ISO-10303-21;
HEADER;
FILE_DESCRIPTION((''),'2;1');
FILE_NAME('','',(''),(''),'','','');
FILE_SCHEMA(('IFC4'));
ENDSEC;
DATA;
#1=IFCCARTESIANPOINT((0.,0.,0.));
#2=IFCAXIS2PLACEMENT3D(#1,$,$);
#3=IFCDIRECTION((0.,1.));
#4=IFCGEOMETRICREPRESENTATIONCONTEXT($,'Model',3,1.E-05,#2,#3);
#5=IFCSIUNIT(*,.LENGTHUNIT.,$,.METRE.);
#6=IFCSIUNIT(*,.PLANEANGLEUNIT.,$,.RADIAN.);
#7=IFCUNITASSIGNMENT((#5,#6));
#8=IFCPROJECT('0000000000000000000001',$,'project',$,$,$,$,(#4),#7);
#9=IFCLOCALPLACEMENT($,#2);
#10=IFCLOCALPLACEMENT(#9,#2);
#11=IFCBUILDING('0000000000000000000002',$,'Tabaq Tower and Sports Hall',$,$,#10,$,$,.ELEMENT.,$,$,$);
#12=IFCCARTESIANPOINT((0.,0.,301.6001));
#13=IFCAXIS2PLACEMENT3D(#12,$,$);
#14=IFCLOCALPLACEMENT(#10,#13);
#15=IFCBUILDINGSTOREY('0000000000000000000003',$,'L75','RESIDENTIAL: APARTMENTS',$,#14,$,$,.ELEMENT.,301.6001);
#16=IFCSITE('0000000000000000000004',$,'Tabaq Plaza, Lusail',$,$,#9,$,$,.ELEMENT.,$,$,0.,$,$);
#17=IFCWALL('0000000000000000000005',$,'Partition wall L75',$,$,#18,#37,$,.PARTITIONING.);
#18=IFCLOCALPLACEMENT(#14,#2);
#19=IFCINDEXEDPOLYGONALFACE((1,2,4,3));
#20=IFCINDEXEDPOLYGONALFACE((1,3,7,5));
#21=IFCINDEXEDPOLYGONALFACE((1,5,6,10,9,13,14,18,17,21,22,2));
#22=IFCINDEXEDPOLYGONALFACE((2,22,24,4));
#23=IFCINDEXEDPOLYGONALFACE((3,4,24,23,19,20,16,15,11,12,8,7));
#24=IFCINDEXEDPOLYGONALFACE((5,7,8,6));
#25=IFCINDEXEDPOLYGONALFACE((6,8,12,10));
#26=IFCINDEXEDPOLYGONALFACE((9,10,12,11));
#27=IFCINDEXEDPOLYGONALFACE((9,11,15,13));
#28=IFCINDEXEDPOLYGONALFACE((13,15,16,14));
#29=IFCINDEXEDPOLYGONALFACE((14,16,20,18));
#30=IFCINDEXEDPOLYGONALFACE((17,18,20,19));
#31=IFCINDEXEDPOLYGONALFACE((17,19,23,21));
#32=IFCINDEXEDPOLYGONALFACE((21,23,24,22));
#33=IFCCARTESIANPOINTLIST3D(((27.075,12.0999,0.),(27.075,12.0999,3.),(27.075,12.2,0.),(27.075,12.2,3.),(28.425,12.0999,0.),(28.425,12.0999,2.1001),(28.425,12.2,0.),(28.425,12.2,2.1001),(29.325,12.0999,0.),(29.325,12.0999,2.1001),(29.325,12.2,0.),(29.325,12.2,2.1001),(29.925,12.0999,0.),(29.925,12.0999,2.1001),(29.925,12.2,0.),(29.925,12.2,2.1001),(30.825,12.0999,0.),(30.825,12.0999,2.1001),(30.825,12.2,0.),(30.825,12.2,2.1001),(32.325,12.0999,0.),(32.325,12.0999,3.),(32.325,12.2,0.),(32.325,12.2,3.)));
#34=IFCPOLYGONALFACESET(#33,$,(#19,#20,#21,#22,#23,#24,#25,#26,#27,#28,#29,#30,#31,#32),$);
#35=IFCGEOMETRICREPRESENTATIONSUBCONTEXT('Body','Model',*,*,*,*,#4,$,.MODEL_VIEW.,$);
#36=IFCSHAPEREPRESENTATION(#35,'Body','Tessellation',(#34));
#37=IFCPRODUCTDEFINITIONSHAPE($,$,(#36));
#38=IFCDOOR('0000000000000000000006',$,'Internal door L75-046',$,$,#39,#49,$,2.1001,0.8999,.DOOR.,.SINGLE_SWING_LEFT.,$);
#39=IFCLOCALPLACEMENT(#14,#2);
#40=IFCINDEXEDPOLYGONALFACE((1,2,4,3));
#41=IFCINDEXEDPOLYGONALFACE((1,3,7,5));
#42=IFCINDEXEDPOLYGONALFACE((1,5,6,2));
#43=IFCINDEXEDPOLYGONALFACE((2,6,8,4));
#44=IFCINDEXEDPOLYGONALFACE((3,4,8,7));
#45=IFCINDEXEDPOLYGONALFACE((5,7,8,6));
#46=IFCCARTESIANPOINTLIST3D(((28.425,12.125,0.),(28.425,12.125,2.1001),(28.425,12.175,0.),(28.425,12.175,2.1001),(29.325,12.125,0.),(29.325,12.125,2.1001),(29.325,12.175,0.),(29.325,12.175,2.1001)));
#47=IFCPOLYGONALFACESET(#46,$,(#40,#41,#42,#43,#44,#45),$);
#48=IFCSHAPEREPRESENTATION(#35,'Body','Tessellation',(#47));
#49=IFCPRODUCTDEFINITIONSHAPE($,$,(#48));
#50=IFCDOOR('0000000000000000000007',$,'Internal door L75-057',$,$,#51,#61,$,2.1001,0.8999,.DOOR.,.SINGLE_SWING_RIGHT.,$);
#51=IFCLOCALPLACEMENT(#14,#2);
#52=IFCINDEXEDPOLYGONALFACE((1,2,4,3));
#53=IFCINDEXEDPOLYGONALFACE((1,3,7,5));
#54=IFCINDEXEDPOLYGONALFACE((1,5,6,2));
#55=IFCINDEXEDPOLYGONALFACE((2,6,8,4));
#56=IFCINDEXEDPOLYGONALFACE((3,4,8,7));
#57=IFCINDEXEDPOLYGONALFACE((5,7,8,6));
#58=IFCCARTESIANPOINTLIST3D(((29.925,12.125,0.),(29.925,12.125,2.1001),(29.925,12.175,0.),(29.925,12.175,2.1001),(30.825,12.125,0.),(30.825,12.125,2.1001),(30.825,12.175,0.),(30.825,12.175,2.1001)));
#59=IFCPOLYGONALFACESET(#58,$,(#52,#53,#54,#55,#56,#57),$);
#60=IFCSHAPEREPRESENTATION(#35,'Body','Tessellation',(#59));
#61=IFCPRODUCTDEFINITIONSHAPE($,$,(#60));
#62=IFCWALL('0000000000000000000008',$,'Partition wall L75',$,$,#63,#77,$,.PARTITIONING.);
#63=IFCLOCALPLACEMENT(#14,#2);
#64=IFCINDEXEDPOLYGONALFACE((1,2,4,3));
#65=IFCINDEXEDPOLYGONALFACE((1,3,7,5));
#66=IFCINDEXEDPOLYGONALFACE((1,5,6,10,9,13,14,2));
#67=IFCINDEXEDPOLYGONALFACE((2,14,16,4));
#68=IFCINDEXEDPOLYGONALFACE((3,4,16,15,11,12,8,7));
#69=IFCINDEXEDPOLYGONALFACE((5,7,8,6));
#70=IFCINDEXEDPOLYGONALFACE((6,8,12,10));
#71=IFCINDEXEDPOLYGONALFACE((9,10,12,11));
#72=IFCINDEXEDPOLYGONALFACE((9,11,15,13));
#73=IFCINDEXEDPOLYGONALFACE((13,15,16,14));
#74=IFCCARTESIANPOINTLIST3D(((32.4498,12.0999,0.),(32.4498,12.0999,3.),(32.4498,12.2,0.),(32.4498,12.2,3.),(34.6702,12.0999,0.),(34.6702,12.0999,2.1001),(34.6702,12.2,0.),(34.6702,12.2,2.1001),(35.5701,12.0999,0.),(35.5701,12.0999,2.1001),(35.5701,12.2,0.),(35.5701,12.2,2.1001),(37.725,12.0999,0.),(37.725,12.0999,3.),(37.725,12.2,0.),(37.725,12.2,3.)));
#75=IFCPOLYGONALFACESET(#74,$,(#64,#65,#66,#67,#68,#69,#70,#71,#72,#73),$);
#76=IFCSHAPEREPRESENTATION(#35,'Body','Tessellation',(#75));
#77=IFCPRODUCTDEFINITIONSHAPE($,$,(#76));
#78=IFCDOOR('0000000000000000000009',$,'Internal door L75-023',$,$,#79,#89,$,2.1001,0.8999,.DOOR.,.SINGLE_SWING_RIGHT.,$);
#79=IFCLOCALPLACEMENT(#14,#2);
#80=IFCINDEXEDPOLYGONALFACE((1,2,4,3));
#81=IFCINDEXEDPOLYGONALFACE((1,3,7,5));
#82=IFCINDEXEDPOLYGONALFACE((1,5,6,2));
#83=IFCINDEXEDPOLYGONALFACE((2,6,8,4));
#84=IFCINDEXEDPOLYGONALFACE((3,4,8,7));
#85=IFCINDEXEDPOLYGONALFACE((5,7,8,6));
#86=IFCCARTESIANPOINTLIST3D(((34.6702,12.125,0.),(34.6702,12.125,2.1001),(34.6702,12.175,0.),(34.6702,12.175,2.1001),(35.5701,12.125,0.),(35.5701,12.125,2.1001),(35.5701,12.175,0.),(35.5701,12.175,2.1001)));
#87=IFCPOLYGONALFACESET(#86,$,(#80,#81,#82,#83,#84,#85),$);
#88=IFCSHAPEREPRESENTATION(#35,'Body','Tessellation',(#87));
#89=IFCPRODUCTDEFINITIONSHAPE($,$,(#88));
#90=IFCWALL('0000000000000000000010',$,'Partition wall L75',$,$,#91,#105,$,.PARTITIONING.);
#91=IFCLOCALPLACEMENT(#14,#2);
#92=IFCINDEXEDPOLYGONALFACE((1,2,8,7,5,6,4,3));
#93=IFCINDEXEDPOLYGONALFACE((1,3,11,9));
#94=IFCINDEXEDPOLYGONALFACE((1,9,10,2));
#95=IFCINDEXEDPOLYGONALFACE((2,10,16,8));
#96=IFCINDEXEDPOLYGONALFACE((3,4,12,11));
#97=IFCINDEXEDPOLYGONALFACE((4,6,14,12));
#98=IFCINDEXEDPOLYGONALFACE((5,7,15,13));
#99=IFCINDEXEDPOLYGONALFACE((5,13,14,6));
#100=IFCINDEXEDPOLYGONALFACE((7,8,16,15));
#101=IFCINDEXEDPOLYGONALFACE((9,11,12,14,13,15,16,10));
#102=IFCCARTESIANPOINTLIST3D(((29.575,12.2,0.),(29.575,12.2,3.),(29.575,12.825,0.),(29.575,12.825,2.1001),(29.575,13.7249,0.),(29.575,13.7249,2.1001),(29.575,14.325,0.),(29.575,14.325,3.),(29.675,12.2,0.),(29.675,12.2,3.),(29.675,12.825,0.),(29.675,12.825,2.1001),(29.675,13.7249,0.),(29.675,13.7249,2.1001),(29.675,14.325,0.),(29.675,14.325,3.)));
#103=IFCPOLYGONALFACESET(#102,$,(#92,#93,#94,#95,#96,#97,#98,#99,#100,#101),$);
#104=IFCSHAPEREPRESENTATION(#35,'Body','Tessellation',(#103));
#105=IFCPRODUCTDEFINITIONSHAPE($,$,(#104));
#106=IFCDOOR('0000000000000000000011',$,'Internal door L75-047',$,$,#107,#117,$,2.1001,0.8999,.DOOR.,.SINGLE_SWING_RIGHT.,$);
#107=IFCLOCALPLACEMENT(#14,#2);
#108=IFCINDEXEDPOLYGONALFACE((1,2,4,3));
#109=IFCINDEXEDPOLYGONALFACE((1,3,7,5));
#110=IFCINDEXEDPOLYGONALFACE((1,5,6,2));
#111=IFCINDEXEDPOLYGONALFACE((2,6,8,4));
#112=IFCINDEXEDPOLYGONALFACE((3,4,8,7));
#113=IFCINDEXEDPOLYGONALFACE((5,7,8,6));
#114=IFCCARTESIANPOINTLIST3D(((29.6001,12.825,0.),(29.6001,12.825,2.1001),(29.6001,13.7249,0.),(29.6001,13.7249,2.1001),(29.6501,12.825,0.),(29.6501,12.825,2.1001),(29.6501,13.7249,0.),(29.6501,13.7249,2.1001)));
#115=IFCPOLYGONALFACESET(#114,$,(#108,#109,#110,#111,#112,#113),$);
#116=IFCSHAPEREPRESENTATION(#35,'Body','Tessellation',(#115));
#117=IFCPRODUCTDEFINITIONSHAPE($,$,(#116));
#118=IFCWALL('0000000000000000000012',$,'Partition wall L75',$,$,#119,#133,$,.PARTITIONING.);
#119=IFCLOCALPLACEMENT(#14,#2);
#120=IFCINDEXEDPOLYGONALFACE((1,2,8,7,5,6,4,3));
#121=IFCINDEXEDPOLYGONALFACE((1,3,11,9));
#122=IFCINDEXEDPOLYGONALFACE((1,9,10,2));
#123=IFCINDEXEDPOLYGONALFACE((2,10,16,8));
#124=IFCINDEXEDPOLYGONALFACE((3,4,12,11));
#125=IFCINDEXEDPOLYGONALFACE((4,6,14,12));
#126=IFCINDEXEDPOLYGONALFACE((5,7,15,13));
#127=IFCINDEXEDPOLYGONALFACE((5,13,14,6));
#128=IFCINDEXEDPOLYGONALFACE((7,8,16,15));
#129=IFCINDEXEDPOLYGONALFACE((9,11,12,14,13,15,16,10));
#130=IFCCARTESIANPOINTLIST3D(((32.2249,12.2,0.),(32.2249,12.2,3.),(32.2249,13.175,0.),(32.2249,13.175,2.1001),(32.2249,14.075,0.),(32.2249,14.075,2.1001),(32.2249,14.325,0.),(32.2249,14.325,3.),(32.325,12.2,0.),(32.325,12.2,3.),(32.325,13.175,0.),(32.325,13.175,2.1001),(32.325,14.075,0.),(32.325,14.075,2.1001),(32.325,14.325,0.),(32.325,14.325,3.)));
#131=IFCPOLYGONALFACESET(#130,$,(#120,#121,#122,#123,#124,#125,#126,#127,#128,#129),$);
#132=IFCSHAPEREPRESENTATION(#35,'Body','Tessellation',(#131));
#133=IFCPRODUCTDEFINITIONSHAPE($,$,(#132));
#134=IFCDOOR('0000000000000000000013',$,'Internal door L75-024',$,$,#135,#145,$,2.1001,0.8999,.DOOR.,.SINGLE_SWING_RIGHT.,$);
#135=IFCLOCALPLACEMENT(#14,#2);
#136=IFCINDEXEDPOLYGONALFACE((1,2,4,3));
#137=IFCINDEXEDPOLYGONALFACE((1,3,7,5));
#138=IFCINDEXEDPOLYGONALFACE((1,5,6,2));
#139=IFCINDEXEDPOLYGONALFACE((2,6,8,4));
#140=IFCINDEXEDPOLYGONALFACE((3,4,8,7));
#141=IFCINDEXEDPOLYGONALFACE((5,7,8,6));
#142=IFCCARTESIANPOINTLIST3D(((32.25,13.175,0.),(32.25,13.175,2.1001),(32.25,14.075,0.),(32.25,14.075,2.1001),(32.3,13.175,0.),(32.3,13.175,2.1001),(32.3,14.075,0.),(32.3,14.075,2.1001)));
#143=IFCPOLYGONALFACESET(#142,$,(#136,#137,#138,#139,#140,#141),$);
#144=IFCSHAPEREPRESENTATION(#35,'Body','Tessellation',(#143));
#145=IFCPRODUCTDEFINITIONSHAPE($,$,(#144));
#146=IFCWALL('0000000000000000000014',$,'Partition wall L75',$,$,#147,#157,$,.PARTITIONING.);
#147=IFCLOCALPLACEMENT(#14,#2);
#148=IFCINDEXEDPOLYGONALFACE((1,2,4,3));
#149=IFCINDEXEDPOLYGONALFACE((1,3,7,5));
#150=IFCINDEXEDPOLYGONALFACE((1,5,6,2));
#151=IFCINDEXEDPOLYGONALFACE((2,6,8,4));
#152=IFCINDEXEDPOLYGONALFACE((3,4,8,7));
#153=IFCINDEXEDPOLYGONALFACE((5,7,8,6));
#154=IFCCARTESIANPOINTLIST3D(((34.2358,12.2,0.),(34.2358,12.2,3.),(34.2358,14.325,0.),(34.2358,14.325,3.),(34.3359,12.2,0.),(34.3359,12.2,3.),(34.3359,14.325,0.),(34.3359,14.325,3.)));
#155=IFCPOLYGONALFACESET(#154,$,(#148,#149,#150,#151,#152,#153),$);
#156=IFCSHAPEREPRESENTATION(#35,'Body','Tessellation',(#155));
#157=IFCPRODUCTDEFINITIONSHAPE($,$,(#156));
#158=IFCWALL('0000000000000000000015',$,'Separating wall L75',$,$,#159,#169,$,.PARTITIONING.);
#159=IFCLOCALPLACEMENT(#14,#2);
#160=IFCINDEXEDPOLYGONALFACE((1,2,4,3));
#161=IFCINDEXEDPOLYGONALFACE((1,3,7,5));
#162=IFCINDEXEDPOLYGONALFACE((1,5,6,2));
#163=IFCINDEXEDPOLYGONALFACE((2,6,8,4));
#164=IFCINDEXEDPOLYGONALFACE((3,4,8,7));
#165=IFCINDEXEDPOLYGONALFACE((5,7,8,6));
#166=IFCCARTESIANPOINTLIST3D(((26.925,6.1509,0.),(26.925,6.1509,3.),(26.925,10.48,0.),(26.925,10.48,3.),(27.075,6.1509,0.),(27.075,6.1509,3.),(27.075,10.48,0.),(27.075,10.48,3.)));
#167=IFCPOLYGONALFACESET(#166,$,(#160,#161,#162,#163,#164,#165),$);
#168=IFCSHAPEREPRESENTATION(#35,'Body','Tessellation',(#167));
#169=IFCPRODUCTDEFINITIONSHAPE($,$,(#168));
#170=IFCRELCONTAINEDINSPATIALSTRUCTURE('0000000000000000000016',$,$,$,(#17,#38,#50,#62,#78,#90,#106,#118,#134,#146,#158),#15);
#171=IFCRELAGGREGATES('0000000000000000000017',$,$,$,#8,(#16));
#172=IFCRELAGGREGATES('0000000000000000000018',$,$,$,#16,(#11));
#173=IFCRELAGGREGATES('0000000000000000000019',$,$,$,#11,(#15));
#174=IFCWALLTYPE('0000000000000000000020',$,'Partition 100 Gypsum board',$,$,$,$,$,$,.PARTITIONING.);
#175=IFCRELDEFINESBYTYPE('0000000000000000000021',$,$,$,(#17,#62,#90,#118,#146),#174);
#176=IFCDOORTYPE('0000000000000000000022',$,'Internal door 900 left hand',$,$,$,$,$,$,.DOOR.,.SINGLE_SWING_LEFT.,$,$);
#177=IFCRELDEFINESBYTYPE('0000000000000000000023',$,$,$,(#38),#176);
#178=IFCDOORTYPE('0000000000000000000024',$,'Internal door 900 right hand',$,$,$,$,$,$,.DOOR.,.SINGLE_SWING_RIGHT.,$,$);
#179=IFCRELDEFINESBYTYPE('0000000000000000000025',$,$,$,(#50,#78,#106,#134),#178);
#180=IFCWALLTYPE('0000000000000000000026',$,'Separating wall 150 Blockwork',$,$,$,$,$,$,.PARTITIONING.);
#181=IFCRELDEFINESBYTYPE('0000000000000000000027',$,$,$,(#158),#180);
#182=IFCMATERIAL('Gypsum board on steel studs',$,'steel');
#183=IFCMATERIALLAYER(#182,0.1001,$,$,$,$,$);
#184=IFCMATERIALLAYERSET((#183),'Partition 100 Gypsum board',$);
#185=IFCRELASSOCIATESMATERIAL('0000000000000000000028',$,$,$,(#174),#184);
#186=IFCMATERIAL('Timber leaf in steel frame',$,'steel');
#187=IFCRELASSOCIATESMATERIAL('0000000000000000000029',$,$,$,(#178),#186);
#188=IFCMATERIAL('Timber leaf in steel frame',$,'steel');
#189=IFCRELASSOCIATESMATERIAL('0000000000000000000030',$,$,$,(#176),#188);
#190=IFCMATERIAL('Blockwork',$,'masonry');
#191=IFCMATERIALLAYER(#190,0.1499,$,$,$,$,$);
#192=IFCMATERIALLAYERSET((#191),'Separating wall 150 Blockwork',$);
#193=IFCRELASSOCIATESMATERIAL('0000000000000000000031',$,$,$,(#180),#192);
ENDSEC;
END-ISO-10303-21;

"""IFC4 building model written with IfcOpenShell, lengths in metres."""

from ifc_helpers import new_model, si_unit, direction, frame, frame_2d, origin, place, context, subcontext, project, spatial, rectangle, extrude, material, layer, layer_set, type_object, element, fill, save


model = new_model("IFC4")

# Units and contexts
model_context = context("Model", 3, precision=1e-05, world=origin(), true_north=direction((0.0, 1.0)))
body_context = subcontext(model_context, "Body", "Model", "MODEL_VIEW")
ifc_project = project(units=[si_unit("LENGTHUNIT", "METRE"), si_unit("PLANEANGLEUNIT", "RADIAN")], contexts=[model_context])

# Site, building, storey
site_placement = place(None, origin())
site = spatial("IfcSite", under=ifc_project, at=site_placement, Name="Tabaq Plaza, Lusail", CompositionType="ELEMENT", RefElevation=0.0)
building_placement = place(site_placement, origin())
building = spatial("IfcBuilding", under=site, at=building_placement, Name="Tabaq Tower and Sports Hall", CompositionType="ELEMENT")
storey_placement = place(building_placement, frame((0.0, 0.0, 301.6001)))
storey = spatial("IfcBuildingStorey", under=building, at=storey_placement, Name="L75", Description="RESIDENTIAL: APARTMENTS", CompositionType="ELEMENT", Elevation=301.6001)

# Shared definitions
ifc_material_1 = material(Name="Gypsum board on steel studs", Category="steel")
ifc_layer_1 = layer(ifc_material_1, 0.1001)
ifc_layer_set_1 = layer_set([ifc_layer_1], Name="Partition 100 Gypsum board")
wall_type_1 = type_object("IfcWallType", Name="Partition 100 Gypsum board", PredefinedType="PARTITIONING", material=ifc_layer_set_1)
ifc_material_2 = material(Name="Timber leaf in steel frame", Category="steel")
door_type_1 = type_object("IfcDoorType", Name="Internal door 900 right hand", OperationType="SINGLE_SWING_RIGHT", PredefinedType="DOOR", material=ifc_material_2)

# Wall, openings, doors
wall_1_placement = place(storey_placement, frame((32.325, 12.1499, 0.0), z_axis=(0.0, 0.0, 1.0), x_axis=(-1.0, 0.0, 0.0)))
wall_1 = element("IfcWall", 1, at=wall_1_placement, inside=storey, type_object=wall_type_1, Name="Partition wall L75", PredefinedType="PARTITIONING", context=body_context, shape_type="SweptSolid", body=[
    extrude(rectangle(XDim=5.25, YDim=0.1001, at=frame_2d((2.625, 0.0))), origin(), (0.0, 0.0, 1.0), 3.0),
])
opening_1_placement = place(wall_1_placement, frame((3.0, 0.0, 0.0)))
opening_1 = element("IfcOpeningElement", 2, at=opening_1_placement, cuts=wall_1, PredefinedType="OPENING", context=body_context, shape_type="SweptSolid", body=[
    extrude(rectangle(XDim=0.8999, YDim=2.1001, at=frame_2d((0.45, 1.05))), frame((0.0, 0.05, 0.0), z_axis=(0.0, -1.0, 0.0), x_axis=(1.0, 0.0, 0.0)), (0.0, 0.0, 1.0), 0.1001),
])
opening_2_placement = place(wall_1_placement, frame((1.5, 0.0, 0.0)))
opening_2 = element("IfcOpeningElement", 3, at=opening_2_placement, cuts=wall_1, PredefinedType="OPENING", context=body_context, shape_type="SweptSolid", body=[
    extrude(rectangle(XDim=0.8999, YDim=2.1001, at=frame_2d((0.45, 1.05))), frame((0.0, 0.05, 0.0), z_axis=(0.0, -1.0, 0.0), x_axis=(1.0, 0.0, 0.0)), (0.0, 0.0, 1.0), 0.1001),
])
ifc_material_3 = material(Name="Timber leaf in steel frame", Category="steel")
door_type_2 = type_object("IfcDoorType", Name="Internal door 900 left hand", OperationType="SINGLE_SWING_LEFT", PredefinedType="DOOR", material=ifc_material_3)
door_1_placement = place(opening_1_placement, origin())
door_1 = element("IfcDoor", 4, at=door_1_placement, inside=storey, type_object=door_type_2, Name="Internal door L75-046", OperationType="SINGLE_SWING_LEFT", OverallHeight=2.1001, OverallWidth=0.8999, PredefinedType="DOOR", context=body_context, shape_type="SweptSolid", body=[
    extrude(rectangle(XDim=0.8999, YDim=2.1001, at=frame_2d((0.45, 1.05))), frame((0.0, 0.0249, 0.0), z_axis=(0.0, -1.0, 0.0), x_axis=(1.0, 0.0, 0.0)), (0.0, 0.0, 1.0), 0.05),
])
fill(opening_1, door_1)
door_2_placement = place(opening_2_placement, origin())
door_2 = element("IfcDoor", 5, at=door_2_placement, inside=storey, type_object=door_type_1, Name="Internal door L75-057", OperationType="SINGLE_SWING_RIGHT", OverallHeight=2.1001, OverallWidth=0.8999, PredefinedType="DOOR", context=body_context, shape_type="SweptSolid", body=[
    extrude(rectangle(XDim=0.8999, YDim=2.1001, at=frame_2d((0.45, 1.05))), frame((0.0, 0.0249, 0.0), z_axis=(0.0, -1.0, 0.0), x_axis=(1.0, 0.0, 0.0)), (0.0, 0.0, 1.0), 0.05),
])
fill(opening_2, door_2)

# Walls, openings, doors
wall_2_placement = place(storey_placement, frame((37.7251, 12.1499, 0.0), z_axis=(0.0, 0.0, 1.0), x_axis=(-1.0, 0.0, 0.0)))
wall_2 = element("IfcWall", 6, at=wall_2_placement, inside=storey, type_object=wall_type_1, Name="Partition wall L75", PredefinedType="PARTITIONING", context=body_context, shape_type="SweptSolid", body=[
    extrude(rectangle(XDim=5.2751, YDim=0.1001, at=frame_2d((2.6377, 0.0))), origin(), (0.0, 0.0, 1.0), 3.0),
])
opening_3_placement = place(wall_2_placement, frame((2.155, 0.0, 0.0)))
opening_3 = element("IfcOpeningElement", 7, at=opening_3_placement, cuts=wall_2, PredefinedType="OPENING", context=body_context, shape_type="SweptSolid", body=[
    extrude(rectangle(XDim=0.8999, YDim=2.1001, at=frame_2d((0.45, 1.05))), frame((0.0, 0.05, 0.0), z_axis=(0.0, -1.0, 0.0), x_axis=(1.0, 0.0, 0.0)), (0.0, 0.0, 1.0), 0.1001),
])
door_3_placement = place(opening_3_placement, origin())
door_3 = element("IfcDoor", 8, at=door_3_placement, inside=storey, type_object=door_type_1, Name="Internal door L75-023", OperationType="SINGLE_SWING_RIGHT", OverallHeight=2.1001, OverallWidth=0.8999, PredefinedType="DOOR", context=body_context, shape_type="SweptSolid", body=[
    extrude(rectangle(XDim=0.8999, YDim=2.1001, at=frame_2d((0.45, 1.05))), frame((0.0, 0.0249, 0.0), z_axis=(0.0, -1.0, 0.0), x_axis=(1.0, 0.0, 0.0)), (0.0, 0.0, 1.0), 0.05),
])
fill(opening_3, door_3)
wall_3_placement = place(storey_placement, frame((29.625, 12.2, 0.0), z_axis=(0.0, 0.0, 1.0), x_axis=(0.0, 1.0, 0.0)))
wall_3 = element("IfcWall", 9, at=wall_3_placement, inside=storey, type_object=wall_type_1, Name="Partition wall L75", PredefinedType="PARTITIONING", context=body_context, shape_type="SweptSolid", body=[
    extrude(rectangle(XDim=2.125, YDim=0.1001, at=frame_2d((1.0625, 0.0))), origin(), (0.0, 0.0, 1.0), 3.0),
])
opening_4_placement = place(wall_3_placement, frame((0.625, 0.0, 0.0)))
opening_4 = element("IfcOpeningElement", 10, at=opening_4_placement, cuts=wall_3, PredefinedType="OPENING", context=body_context, shape_type="SweptSolid", body=[
    extrude(rectangle(XDim=0.8999, YDim=2.1001, at=frame_2d((0.45, 1.05))), frame((0.0, 0.05, 0.0), z_axis=(0.0, -1.0, 0.0), x_axis=(1.0, 0.0, 0.0)), (0.0, 0.0, 1.0), 0.1001),
])
door_4_placement = place(opening_4_placement, origin())
door_4 = element("IfcDoor", 11, at=door_4_placement, inside=storey, type_object=door_type_1, Name="Internal door L75-047", OperationType="SINGLE_SWING_RIGHT", OverallHeight=2.1001, OverallWidth=0.8999, PredefinedType="DOOR", context=body_context, shape_type="SweptSolid", body=[
    extrude(rectangle(XDim=0.8999, YDim=2.1001, at=frame_2d((0.45, 1.05))), frame((0.0, 0.0249, 0.0), z_axis=(0.0, -1.0, 0.0), x_axis=(1.0, 0.0, 0.0)), (0.0, 0.0, 1.0), 0.05),
])
fill(opening_4, door_4)
wall_4_placement = place(storey_placement, frame((32.2749, 12.2, 0.0), z_axis=(0.0, 0.0, 1.0), x_axis=(0.0, 1.0, 0.0)))
wall_4 = element("IfcWall", 12, at=wall_4_placement, inside=storey, type_object=wall_type_1, Name="Partition wall L75", PredefinedType="PARTITIONING", context=body_context, shape_type="SweptSolid", body=[
    extrude(rectangle(XDim=2.125, YDim=0.1001, at=frame_2d((1.0625, 0.0))), origin(), (0.0, 0.0, 1.0), 3.0),
])
opening_5_placement = place(wall_4_placement, frame((0.9751, 0.0, 0.0)))
opening_5 = element("IfcOpeningElement", 13, at=opening_5_placement, cuts=wall_4, PredefinedType="OPENING", context=body_context, shape_type="SweptSolid", body=[
    extrude(rectangle(XDim=0.8999, YDim=2.1001, at=frame_2d((0.45, 1.05))), frame((0.0, 0.05, 0.0), z_axis=(0.0, -1.0, 0.0), x_axis=(1.0, 0.0, 0.0)), (0.0, 0.0, 1.0), 0.1001),
])
door_5_placement = place(opening_5_placement, origin())
door_5 = element("IfcDoor", 14, at=door_5_placement, inside=storey, type_object=door_type_1, Name="Internal door L75-024", OperationType="SINGLE_SWING_RIGHT", OverallHeight=2.1001, OverallWidth=0.8999, PredefinedType="DOOR", context=body_context, shape_type="SweptSolid", body=[
    extrude(rectangle(XDim=0.8999, YDim=2.1001, at=frame_2d((0.45, 1.05))), frame((0.0, 0.0249, 0.0), z_axis=(0.0, -1.0, 0.0), x_axis=(1.0, 0.0, 0.0)), (0.0, 0.0, 1.0), 0.05),
])
fill(opening_5, door_5)

# Walls
wall_5_placement = place(storey_placement, frame((34.2859, 12.2, 0.0), z_axis=(0.0, 0.0, 1.0), x_axis=(0.0, 1.0, 0.0)))
element("IfcWall", 15, at=wall_5_placement, inside=storey, type_object=wall_type_1, Name="Partition wall L75", PredefinedType="PARTITIONING", context=body_context, shape_type="SweptSolid", body=[
    extrude(rectangle(XDim=2.125, YDim=0.1001, at=frame_2d((1.0625, 0.0))), origin(), (0.0, 0.0, 1.0), 3.0),
])
ifc_material_4 = material(Name="Blockwork", Category="masonry")
ifc_layer_2 = layer(ifc_material_4, 0.1499)
ifc_layer_set_2 = layer_set([ifc_layer_2], Name="Separating wall 150 Blockwork")
wall_type_2 = type_object("IfcWallType", Name="Separating wall 150 Blockwork", PredefinedType="PARTITIONING", material=ifc_layer_set_2)
wall_6_placement = place(storey_placement, frame((27.0, 6.1509, 0.0), z_axis=(0.0, 0.0, 1.0), x_axis=(0.0, 1.0, 0.0)))
element("IfcWall", 16, at=wall_6_placement, inside=storey, type_object=wall_type_2, Name="Separating wall L75", PredefinedType="PARTITIONING", context=body_context, shape_type="SweptSolid", body=[
    extrude(rectangle(XDim=4.3291, YDim=0.1499, at=frame_2d((2.1646, 0.0))), origin(), (0.0, 0.0, 1.0), 3.0),
])

save(model, "model.ifc")
